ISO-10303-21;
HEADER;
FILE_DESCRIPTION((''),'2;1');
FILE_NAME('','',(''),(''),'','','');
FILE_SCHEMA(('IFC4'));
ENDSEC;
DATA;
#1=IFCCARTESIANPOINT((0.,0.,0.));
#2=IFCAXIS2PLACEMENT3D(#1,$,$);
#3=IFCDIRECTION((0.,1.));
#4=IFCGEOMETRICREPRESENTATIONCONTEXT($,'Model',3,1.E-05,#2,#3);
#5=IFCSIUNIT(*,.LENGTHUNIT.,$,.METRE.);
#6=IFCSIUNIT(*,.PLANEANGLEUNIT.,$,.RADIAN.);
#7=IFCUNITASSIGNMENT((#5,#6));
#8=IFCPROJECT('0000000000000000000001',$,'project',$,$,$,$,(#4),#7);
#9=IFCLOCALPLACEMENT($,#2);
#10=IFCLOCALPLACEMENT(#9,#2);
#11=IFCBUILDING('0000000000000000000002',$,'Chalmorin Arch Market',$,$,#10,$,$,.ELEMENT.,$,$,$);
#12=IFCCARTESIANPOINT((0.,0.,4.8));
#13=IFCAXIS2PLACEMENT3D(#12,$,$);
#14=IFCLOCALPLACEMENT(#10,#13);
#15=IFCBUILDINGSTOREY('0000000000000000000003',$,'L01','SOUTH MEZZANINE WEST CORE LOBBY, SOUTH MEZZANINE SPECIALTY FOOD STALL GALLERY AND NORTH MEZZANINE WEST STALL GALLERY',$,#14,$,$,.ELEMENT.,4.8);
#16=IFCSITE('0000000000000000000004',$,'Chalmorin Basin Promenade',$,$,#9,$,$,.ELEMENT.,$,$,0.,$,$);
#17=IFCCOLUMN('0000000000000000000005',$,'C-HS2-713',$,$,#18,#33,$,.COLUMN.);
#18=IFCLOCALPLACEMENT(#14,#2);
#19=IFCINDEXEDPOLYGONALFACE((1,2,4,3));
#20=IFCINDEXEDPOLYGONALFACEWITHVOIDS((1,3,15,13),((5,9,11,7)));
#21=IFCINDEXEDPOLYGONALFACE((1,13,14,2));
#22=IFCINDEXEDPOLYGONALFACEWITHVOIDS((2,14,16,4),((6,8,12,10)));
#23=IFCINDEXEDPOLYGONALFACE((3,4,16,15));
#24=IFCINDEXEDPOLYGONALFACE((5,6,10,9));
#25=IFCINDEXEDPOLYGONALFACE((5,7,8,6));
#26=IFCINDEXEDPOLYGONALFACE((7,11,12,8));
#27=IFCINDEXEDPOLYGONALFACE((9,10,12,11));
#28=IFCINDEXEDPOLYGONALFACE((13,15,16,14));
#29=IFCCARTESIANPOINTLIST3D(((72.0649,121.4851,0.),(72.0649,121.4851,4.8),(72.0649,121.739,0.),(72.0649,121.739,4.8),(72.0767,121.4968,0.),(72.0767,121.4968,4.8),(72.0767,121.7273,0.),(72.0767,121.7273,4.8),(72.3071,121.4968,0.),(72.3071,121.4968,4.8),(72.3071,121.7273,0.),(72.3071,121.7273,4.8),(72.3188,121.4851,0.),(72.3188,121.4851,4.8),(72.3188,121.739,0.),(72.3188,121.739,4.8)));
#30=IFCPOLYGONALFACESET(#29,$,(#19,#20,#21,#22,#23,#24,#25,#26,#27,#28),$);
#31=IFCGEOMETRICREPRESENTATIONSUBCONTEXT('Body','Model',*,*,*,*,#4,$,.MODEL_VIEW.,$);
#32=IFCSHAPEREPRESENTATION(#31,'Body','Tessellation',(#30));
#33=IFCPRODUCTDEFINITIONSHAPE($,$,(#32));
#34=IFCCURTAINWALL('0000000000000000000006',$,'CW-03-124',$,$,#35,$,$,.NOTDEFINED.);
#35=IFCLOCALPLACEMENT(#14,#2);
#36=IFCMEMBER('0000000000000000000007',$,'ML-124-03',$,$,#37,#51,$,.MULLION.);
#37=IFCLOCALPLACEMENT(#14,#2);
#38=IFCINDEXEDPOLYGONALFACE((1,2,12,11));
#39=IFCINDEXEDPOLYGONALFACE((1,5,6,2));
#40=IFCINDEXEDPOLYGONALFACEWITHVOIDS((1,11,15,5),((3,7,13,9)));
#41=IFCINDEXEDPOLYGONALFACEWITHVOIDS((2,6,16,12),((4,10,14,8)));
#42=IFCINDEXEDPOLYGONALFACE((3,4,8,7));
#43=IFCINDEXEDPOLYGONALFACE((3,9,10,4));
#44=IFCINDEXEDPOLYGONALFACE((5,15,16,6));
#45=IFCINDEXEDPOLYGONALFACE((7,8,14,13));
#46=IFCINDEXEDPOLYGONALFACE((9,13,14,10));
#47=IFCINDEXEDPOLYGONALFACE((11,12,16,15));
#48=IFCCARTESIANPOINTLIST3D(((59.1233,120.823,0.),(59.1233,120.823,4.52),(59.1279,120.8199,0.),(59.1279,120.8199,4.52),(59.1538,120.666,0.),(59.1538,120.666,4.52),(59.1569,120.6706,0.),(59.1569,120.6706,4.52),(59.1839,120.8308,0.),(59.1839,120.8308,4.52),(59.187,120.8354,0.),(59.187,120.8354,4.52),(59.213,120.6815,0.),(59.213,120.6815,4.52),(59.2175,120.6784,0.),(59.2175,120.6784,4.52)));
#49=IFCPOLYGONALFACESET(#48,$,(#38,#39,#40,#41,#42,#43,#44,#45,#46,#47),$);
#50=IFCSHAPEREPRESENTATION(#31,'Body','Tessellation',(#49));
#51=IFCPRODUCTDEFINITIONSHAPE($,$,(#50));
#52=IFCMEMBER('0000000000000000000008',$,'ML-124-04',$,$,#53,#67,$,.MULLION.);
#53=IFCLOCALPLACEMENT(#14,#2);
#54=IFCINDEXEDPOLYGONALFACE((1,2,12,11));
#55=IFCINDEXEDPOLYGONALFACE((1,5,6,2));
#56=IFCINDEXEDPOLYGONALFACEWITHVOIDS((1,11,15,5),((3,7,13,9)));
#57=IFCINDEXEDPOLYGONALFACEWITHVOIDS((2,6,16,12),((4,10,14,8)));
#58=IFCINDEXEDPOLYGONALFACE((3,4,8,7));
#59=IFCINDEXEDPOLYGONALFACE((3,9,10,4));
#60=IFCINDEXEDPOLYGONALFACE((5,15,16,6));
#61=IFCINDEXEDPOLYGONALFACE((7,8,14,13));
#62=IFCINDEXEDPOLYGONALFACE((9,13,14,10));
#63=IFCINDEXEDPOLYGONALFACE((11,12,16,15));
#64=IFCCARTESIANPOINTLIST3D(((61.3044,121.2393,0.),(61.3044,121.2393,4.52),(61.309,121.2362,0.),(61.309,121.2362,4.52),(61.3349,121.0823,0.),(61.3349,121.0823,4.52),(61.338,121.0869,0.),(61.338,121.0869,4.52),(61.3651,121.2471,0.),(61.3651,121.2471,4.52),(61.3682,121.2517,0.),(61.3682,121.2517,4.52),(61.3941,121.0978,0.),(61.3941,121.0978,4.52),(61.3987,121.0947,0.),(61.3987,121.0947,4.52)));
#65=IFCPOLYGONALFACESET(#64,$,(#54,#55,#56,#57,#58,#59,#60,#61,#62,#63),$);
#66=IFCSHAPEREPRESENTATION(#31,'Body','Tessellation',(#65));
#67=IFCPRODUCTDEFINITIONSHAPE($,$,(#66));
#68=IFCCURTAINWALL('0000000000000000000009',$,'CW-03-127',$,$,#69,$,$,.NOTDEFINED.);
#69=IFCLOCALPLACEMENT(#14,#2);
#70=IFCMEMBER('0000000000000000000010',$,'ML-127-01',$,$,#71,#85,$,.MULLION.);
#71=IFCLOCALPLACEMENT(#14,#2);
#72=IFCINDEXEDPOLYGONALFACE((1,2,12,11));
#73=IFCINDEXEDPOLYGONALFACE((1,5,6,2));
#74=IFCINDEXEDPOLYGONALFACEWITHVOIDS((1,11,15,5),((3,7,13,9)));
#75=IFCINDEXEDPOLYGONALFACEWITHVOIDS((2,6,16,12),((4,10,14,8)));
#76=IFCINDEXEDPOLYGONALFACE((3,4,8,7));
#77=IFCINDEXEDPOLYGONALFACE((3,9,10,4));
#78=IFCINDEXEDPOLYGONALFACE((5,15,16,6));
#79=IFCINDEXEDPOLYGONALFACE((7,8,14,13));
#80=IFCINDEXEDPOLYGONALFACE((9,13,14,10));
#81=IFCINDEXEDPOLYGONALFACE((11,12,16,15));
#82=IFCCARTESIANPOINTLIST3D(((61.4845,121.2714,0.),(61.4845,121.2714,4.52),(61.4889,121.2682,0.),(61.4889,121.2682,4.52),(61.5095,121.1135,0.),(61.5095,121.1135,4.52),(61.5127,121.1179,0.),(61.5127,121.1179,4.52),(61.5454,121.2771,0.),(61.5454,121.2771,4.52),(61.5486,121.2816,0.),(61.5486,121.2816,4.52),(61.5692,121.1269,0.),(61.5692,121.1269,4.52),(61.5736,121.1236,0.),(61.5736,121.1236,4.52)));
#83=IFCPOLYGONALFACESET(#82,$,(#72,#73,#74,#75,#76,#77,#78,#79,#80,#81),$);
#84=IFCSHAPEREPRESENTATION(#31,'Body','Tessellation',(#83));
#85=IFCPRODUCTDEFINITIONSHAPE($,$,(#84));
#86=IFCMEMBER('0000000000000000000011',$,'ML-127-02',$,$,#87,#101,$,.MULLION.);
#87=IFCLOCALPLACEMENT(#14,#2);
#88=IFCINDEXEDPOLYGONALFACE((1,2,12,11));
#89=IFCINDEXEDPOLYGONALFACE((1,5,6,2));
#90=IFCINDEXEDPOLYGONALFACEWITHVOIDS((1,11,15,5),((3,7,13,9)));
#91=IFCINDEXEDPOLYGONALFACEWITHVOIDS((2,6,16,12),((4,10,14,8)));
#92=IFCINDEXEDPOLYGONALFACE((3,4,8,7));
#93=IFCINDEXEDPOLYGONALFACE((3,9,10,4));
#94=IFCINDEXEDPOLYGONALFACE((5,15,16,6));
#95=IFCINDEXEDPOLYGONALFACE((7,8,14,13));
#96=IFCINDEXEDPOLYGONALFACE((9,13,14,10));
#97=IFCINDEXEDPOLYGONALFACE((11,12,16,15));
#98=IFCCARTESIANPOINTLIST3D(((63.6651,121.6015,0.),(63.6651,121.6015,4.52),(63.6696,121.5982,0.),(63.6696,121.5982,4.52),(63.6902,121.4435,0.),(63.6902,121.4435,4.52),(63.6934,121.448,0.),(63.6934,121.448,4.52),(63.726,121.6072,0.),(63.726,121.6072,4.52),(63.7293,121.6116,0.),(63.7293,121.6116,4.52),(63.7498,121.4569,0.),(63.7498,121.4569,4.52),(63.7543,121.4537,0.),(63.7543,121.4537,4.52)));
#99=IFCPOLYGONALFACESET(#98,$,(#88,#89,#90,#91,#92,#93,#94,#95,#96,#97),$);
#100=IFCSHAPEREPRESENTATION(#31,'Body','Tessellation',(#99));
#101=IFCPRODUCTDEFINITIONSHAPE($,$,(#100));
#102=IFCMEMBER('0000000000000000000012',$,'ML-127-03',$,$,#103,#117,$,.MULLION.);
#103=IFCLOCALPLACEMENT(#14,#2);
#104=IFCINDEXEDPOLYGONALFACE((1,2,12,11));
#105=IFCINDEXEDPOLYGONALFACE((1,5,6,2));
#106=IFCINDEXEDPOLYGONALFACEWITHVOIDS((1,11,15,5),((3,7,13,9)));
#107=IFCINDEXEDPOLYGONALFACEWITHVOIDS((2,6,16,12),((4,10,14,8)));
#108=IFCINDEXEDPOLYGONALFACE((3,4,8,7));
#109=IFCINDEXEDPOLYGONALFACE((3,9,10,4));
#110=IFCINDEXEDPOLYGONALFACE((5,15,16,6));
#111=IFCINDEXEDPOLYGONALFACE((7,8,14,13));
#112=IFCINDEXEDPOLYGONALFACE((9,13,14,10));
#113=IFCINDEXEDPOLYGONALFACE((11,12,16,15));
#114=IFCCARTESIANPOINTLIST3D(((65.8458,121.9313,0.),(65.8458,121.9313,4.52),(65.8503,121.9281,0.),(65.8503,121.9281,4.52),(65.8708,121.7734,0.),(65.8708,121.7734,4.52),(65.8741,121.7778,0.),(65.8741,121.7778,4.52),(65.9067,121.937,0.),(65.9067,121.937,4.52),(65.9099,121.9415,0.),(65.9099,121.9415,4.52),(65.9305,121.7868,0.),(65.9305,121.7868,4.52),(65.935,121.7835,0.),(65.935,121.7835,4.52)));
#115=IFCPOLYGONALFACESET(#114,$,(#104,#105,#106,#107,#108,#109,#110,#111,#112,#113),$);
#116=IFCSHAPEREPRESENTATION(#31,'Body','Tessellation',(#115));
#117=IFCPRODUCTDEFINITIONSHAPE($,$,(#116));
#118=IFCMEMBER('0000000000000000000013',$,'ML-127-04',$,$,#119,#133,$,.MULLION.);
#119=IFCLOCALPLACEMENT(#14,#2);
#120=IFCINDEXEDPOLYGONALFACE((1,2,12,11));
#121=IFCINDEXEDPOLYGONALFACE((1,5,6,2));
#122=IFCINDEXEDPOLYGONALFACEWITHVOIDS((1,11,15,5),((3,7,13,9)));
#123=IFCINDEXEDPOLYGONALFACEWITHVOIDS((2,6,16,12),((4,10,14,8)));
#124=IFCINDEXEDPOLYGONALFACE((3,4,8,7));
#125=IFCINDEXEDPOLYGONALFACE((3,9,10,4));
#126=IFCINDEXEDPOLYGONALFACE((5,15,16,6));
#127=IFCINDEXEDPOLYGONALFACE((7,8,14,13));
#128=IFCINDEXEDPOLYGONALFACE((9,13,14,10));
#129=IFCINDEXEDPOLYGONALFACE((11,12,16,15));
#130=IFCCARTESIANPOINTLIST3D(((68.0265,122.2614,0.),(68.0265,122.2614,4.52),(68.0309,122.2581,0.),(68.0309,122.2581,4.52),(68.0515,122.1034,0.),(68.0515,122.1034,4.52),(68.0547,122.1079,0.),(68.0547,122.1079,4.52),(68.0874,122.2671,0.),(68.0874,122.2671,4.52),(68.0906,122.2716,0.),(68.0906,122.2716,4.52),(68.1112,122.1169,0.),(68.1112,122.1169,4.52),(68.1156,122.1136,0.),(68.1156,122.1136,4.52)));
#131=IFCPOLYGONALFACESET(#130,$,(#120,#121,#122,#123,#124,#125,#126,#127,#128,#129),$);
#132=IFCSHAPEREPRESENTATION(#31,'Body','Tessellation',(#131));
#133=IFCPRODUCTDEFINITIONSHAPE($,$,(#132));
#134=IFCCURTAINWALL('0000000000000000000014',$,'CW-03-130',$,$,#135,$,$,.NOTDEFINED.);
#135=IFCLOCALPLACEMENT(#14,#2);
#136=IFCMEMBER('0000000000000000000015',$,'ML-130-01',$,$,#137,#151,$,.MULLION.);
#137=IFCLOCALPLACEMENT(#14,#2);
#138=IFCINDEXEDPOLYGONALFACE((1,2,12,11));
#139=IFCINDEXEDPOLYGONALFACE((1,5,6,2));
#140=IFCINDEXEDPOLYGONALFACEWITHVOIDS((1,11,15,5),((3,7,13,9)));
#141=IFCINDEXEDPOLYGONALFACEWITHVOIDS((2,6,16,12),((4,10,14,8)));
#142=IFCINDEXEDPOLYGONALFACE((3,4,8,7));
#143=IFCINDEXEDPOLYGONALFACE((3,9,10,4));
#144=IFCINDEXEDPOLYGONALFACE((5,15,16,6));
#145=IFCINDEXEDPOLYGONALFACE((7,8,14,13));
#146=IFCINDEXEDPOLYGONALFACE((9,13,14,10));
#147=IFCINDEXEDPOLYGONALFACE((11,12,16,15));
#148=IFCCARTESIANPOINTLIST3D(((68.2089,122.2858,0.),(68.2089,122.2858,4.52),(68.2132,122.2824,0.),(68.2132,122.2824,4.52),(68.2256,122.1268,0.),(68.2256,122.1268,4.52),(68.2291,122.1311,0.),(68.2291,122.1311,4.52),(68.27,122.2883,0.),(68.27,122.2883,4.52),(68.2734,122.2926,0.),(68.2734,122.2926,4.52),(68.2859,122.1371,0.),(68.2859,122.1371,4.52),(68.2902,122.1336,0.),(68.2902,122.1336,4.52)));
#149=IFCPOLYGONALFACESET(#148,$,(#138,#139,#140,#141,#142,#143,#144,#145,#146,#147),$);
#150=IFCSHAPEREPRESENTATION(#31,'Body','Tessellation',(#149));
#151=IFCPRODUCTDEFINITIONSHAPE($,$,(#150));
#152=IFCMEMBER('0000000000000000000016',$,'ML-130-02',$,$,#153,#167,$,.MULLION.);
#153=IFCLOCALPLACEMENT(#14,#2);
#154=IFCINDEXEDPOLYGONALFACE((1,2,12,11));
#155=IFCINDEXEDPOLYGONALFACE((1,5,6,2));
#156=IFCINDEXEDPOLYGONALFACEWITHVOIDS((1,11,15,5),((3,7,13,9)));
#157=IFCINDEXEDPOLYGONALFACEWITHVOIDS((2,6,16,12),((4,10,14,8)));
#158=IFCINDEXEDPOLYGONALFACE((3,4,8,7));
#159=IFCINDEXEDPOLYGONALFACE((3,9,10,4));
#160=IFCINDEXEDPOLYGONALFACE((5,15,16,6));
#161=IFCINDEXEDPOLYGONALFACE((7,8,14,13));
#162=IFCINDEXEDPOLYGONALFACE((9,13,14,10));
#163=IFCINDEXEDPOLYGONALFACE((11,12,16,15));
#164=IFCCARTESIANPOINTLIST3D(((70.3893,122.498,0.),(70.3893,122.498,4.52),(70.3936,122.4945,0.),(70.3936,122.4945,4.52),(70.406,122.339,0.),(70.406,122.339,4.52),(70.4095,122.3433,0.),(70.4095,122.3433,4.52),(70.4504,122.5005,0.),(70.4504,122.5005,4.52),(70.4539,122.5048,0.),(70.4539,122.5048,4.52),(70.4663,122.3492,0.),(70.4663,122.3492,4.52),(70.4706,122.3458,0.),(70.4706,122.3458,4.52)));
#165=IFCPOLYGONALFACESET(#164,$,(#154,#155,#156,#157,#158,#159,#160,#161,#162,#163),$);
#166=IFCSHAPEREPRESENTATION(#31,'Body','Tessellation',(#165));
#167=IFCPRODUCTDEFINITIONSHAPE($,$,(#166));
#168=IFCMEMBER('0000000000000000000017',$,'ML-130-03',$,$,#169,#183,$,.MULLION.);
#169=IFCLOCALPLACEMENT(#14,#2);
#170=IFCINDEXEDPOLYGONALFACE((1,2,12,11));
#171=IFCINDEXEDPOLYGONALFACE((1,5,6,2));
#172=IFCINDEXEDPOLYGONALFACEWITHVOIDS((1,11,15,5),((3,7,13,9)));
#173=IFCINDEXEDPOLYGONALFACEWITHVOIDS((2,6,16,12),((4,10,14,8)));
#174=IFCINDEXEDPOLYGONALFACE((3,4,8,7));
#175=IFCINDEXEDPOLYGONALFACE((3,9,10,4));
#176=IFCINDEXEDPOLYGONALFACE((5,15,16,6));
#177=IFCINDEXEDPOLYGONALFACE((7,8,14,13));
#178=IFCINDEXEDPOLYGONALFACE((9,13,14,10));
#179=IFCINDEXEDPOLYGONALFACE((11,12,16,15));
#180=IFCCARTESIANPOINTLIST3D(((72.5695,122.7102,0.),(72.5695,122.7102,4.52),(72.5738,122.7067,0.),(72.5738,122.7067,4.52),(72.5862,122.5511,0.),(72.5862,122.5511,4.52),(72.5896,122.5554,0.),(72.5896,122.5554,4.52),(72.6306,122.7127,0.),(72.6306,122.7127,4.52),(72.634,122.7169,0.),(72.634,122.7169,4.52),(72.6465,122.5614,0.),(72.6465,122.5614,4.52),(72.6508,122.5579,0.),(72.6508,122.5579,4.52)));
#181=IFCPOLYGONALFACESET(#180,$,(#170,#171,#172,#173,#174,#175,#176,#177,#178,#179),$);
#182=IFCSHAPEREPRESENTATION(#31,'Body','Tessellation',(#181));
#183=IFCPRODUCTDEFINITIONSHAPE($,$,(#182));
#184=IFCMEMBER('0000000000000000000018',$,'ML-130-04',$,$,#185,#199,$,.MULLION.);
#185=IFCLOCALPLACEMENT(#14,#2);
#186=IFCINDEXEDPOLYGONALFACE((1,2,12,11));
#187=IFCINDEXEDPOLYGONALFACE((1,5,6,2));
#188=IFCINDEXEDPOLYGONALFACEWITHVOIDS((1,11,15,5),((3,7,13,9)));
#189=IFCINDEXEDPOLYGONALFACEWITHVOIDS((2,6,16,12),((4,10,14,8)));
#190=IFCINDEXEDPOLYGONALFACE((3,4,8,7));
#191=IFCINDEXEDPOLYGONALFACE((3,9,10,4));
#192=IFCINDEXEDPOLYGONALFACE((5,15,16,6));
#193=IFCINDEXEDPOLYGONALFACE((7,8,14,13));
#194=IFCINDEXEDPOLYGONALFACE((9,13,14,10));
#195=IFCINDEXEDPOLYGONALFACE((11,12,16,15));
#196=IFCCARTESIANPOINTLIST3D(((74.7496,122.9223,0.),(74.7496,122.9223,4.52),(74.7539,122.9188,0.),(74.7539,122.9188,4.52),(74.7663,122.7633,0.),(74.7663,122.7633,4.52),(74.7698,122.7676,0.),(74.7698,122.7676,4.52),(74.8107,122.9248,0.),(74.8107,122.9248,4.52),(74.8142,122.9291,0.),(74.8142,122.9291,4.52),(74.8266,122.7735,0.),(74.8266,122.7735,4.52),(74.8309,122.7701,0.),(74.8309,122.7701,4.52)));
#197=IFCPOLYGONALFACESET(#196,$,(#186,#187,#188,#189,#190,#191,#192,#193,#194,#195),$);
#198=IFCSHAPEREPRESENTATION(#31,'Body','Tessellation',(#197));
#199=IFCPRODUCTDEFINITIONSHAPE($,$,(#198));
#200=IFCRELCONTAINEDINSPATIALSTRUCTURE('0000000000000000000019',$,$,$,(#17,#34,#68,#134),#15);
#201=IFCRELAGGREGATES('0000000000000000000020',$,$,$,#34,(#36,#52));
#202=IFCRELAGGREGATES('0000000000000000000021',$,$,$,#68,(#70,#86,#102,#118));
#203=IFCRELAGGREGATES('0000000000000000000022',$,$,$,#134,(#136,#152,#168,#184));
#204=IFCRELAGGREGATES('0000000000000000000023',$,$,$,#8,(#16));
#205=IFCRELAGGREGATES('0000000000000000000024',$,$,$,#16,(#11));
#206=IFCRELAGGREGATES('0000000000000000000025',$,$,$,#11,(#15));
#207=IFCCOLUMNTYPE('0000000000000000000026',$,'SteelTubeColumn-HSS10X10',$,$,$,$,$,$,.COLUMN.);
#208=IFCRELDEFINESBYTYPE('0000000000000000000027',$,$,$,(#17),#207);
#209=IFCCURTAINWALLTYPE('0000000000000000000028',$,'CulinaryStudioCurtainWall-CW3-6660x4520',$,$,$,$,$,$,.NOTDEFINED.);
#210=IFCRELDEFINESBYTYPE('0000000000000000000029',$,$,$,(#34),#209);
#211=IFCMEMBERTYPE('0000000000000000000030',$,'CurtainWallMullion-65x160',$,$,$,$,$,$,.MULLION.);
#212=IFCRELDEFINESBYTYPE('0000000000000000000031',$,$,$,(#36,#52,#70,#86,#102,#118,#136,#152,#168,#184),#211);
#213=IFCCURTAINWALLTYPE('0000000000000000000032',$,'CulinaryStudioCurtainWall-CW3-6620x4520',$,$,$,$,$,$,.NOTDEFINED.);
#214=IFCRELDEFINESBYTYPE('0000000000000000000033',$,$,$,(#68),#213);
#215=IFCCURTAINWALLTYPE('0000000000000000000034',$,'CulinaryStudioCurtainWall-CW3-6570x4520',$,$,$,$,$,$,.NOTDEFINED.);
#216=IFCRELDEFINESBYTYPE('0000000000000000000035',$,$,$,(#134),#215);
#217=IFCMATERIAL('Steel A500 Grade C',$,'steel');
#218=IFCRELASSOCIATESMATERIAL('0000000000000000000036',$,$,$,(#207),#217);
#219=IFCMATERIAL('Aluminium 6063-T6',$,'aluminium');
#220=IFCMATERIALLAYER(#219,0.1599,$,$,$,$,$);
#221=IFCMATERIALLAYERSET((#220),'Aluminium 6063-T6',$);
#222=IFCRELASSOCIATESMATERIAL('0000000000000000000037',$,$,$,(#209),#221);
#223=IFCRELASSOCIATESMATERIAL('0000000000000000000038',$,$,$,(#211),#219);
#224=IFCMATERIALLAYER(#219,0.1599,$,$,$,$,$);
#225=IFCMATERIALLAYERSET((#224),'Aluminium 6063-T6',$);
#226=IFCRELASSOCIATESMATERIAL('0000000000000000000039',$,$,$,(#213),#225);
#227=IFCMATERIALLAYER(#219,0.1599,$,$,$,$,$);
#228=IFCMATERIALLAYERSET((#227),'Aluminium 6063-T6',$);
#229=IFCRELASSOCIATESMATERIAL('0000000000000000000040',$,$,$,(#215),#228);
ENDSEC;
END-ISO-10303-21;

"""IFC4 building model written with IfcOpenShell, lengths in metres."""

from ifc_helpers import new_model, si_unit, direction, frame, origin, origin_2d, place, context, subcontext, project, spatial, hollow_rectangle, extrude, material, layer, layer_set, material_profile, profile_set, type_object, element, aggregate, save


model = new_model("IFC4")

# Units and contexts
model_context = context("Model", 3, precision=1e-05, world=origin(), true_north=direction((0.0, 1.0)))
body_context = subcontext(model_context, "Body", "Model", "MODEL_VIEW")
ifc_project = project(units=[si_unit("LENGTHUNIT", "METRE"), si_unit("PLANEANGLEUNIT", "RADIAN")], contexts=[model_context])

# Site, building, storey
site_placement = place(None, origin())
site = spatial("IfcSite", under=ifc_project, at=site_placement, Name="Chalmorin Basin Promenade", CompositionType="ELEMENT", RefElevation=0.0)
building_placement = place(site_placement, origin())
building = spatial("IfcBuilding", under=site, at=building_placement, Name="Chalmorin Arch Market", CompositionType="ELEMENT")
storey_placement = place(building_placement, frame((0.0, 0.0, 4.8)))
storey = spatial("IfcBuildingStorey", under=building, at=storey_placement, Name="L01", Description="SOUTH MEZZANINE WEST CORE LOBBY, SOUTH MEZZANINE SPECIALTY FOOD STALL GALLERY AND NORTH MEZZANINE WEST STALL GALLERY", CompositionType="ELEMENT", Elevation=4.8)

# Column
ifc_material_1 = material(Name="Steel A500 Grade C", Category="steel")
ifc_material_profile_1 = material_profile(ifc_material_1, hollow_rectangle(XDim=0.2539, YDim=0.2539, WallThickness=0.0117, at=origin_2d()), Name="HSS10X10X1/2")
ifc_profile_set_1 = profile_set([ifc_material_profile_1], Name="Steel A500 Grade C")
column_type = type_object("IfcColumnType", Name="SteelTubeColumn-HSS10X10", PredefinedType="COLUMN", material=ifc_profile_set_1)
column_placement = place(storey_placement, frame((72.1919, 121.6121, 0.0), z_axis=(0.0, 0.0, 1.0), x_axis=(1.0, 0.0, 0.0)))
element("IfcColumn", 1, at=column_placement, inside=storey, type_object=column_type, Name="C-HS2-713", PredefinedType="COLUMN", context=body_context, shape_type="SweptSolid", body=[
    extrude(hollow_rectangle(XDim=0.2539, YDim=0.2539, WallThickness=0.0117, at=origin_2d()), origin(), (0.0, 0.0, 1.0), 4.8),
])

# Curtain walls, members
ifc_material_2 = material(Name="Aluminium 6063-T6", Category="aluminium")
ifc_layer_1 = layer(ifc_material_2, 0.1599)
ifc_layer_set_1 = layer_set([ifc_layer_1], Name="Aluminium 6063-T6")
curtain_wall_type_1 = type_object("IfcCurtainWallType", Name="CulinaryStudioCurtainWall-CW3-6660x4520", PredefinedType="NOTDEFINED", material=ifc_layer_set_1)
curtain_wall_1_placement = place(storey_placement, origin())
curtain_wall_1 = element("IfcCurtainWall", 2, at=curtain_wall_1_placement, inside=storey, type_object=curtain_wall_type_1, Name="CW-03-124", PredefinedType="NOTDEFINED")
ifc_material_profile_2 = material_profile(ifc_material_2, hollow_rectangle(XDim=0.0649, YDim=0.1599, WallThickness=0.0039, at=origin_2d()), Name="ALU65X160X4")
ifc_profile_set_2 = profile_set([ifc_material_profile_2], Name="Aluminium 6063-T6")
member_type_1 = type_object("IfcMemberType", Name="CurtainWallMullion-65x160", PredefinedType="MULLION", material=ifc_profile_set_2)
member_1_placement = place(storey_placement, frame((59.1704, 120.7507, 0.0), z_axis=(0.0, 0.0, 1.0), x_axis=(0.981627, 0.190809, 0.0)))
member_1 = element("IfcMember", 3, at=member_1_placement, type_object=member_type_1, Name="ML-124-03", PredefinedType="MULLION", context=body_context, shape_type="SweptSolid", body=[
    extrude(hollow_rectangle(XDim=0.0649, YDim=0.1599, WallThickness=0.0039, at=origin_2d()), origin(), (0.0, 0.0, 1.0), 4.52),
])
member_2_placement = place(storey_placement, frame((61.3516, 121.167, 0.0), z_axis=(0.0, 0.0, 1.0), x_axis=(0.981627, 0.190809, 0.0)))
member_2 = element("IfcMember", 4, at=member_2_placement, type_object=member_type_1, Name="ML-124-04", PredefinedType="MULLION", context=body_context, shape_type="SweptSolid", body=[
    extrude(hollow_rectangle(XDim=0.0649, YDim=0.1599, WallThickness=0.0039, at=origin_2d()), origin(), (0.0, 0.0, 1.0), 4.52),
])
ifc_layer_2 = layer(ifc_material_2, 0.1599)
ifc_layer_set_2 = layer_set([ifc_layer_2], Name="Aluminium 6063-T6")
curtain_wall_type_2 = type_object("IfcCurtainWallType", Name="CulinaryStudioCurtainWall-CW3-6620x4520", PredefinedType="NOTDEFINED", material=ifc_layer_set_2)
curtain_wall_2_placement = place(storey_placement, origin())
curtain_wall_2 = element("IfcCurtainWall", 5, at=curtain_wall_2_placement, inside=storey, type_object=curtain_wall_type_2, Name="CW-03-127", PredefinedType="NOTDEFINED")
member_3_placement = place(storey_placement, frame((61.5291, 121.1975, 0.0), z_axis=(0.0, 0.0, 1.0), x_axis=(0.987688, 0.156434, 0.0)))
member_3 = element("IfcMember", 6, at=member_3_placement, type_object=member_type_1, Name="ML-127-01", PredefinedType="MULLION", context=body_context, shape_type="SweptSolid", body=[
    extrude(hollow_rectangle(XDim=0.0649, YDim=0.1599, WallThickness=0.0039, at=origin_2d()), origin(), (0.0, 0.0, 1.0), 4.52),
])
member_4_placement = place(storey_placement, frame((63.7097, 121.5276, 0.0), z_axis=(0.0, 0.0, 1.0), x_axis=(0.987688, 0.156434, 0.0)))
member_4 = element("IfcMember", 7, at=member_4_placement, type_object=member_type_1, Name="ML-127-02", PredefinedType="MULLION", context=body_context, shape_type="SweptSolid", body=[
    extrude(hollow_rectangle(XDim=0.0649, YDim=0.1599, WallThickness=0.0039, at=origin_2d()), origin(), (0.0, 0.0, 1.0), 4.52),
])
member_5_placement = place(storey_placement, frame((65.8904, 121.8574, 0.0), z_axis=(0.0, 0.0, 1.0), x_axis=(0.987688, 0.156434, 0.0)))
member_5 = element("IfcMember", 8, at=member_5_placement, type_object=member_type_1, Name="ML-127-03", PredefinedType="MULLION", context=body_context, shape_type="SweptSolid", body=[
    extrude(hollow_rectangle(XDim=0.0649, YDim=0.1599, WallThickness=0.0039, at=origin_2d()), origin(), (0.0, 0.0, 1.0), 4.52),
])
member_6_placement = place(storey_placement, frame((68.071, 122.1875, 0.0), z_axis=(0.0, 0.0, 1.0), x_axis=(0.987688, 0.156434, 0.0)))
member_6 = element("IfcMember", 9, at=member_6_placement, type_object=member_type_1, Name="ML-127-04", PredefinedType="MULLION", context=body_context, shape_type="SweptSolid", body=[
    extrude(hollow_rectangle(XDim=0.0649, YDim=0.1599, WallThickness=0.0039, at=origin_2d()), origin(), (0.0, 0.0, 1.0), 4.52),
])
ifc_layer_3 = layer(ifc_material_2, 0.1599)
ifc_layer_set_3 = layer_set([ifc_layer_3], Name="Aluminium 6063-T6")
curtain_wall_type_3 = type_object("IfcCurtainWallType", Name="CulinaryStudioCurtainWall-CW3-6570x4520", PredefinedType="NOTDEFINED", material=ifc_layer_set_3)
curtain_wall_3_placement = place(storey_placement, origin())
curtain_wall_3 = element("IfcCurtainWall", 10, at=curtain_wall_3_placement, inside=storey, type_object=curtain_wall_type_3, Name="CW-03-130", PredefinedType="NOTDEFINED")
member_7_placement = place(storey_placement, frame((68.2495, 122.2097, 0.0), z_axis=(0.0, 0.0, 1.0), x_axis=(0.994522, 0.104528, 0.0)))
member_7 = element("IfcMember", 11, at=member_7_placement, type_object=member_type_1, Name="ML-130-01", PredefinedType="MULLION", context=body_context, shape_type="SweptSolid", body=[
    extrude(hollow_rectangle(XDim=0.0649, YDim=0.1599, WallThickness=0.0039, at=origin_2d()), origin(), (0.0, 0.0, 1.0), 4.52),
])
member_8_placement = place(storey_placement, frame((70.4299, 122.4219, 0.0), z_axis=(0.0, 0.0, 1.0), x_axis=(0.994522, 0.104528, 0.0)))
member_8 = element("IfcMember", 12, at=member_8_placement, type_object=member_type_1, Name="ML-130-02", PredefinedType="MULLION", context=body_context, shape_type="SweptSolid", body=[
    extrude(hollow_rectangle(XDim=0.0649, YDim=0.1599, WallThickness=0.0039, at=origin_2d()), origin(), (0.0, 0.0, 1.0), 4.52),
])
member_9_placement = place(storey_placement, frame((72.6101, 122.634, 0.0), z_axis=(0.0, 0.0, 1.0), x_axis=(0.994522, 0.104528, 0.0)))
member_9 = element("IfcMember", 13, at=member_9_placement, type_object=member_type_1, Name="ML-130-03", PredefinedType="MULLION", context=body_context, shape_type="SweptSolid", body=[
    extrude(hollow_rectangle(XDim=0.0649, YDim=0.1599, WallThickness=0.0039, at=origin_2d()), origin(), (0.0, 0.0, 1.0), 4.52),
])
member_10_placement = place(storey_placement, frame((74.7903, 122.8462, 0.0), z_axis=(0.0, 0.0, 1.0), x_axis=(0.994522, 0.104528, 0.0)))
member_10 = element("IfcMember", 14, at=member_10_placement, type_object=member_type_1, Name="ML-130-04", PredefinedType="MULLION", context=body_context, shape_type="SweptSolid", body=[
    extrude(hollow_rectangle(XDim=0.0649, YDim=0.1599, WallThickness=0.0039, at=origin_2d()), origin(), (0.0, 0.0, 1.0), 4.52),
])

aggregate(curtain_wall_1, [member_1, member_2])
aggregate(curtain_wall_2, [member_3, member_4, member_5, member_6])
aggregate(curtain_wall_3, [member_7, member_8, member_9, member_10])

save(model, "model.ifc")
